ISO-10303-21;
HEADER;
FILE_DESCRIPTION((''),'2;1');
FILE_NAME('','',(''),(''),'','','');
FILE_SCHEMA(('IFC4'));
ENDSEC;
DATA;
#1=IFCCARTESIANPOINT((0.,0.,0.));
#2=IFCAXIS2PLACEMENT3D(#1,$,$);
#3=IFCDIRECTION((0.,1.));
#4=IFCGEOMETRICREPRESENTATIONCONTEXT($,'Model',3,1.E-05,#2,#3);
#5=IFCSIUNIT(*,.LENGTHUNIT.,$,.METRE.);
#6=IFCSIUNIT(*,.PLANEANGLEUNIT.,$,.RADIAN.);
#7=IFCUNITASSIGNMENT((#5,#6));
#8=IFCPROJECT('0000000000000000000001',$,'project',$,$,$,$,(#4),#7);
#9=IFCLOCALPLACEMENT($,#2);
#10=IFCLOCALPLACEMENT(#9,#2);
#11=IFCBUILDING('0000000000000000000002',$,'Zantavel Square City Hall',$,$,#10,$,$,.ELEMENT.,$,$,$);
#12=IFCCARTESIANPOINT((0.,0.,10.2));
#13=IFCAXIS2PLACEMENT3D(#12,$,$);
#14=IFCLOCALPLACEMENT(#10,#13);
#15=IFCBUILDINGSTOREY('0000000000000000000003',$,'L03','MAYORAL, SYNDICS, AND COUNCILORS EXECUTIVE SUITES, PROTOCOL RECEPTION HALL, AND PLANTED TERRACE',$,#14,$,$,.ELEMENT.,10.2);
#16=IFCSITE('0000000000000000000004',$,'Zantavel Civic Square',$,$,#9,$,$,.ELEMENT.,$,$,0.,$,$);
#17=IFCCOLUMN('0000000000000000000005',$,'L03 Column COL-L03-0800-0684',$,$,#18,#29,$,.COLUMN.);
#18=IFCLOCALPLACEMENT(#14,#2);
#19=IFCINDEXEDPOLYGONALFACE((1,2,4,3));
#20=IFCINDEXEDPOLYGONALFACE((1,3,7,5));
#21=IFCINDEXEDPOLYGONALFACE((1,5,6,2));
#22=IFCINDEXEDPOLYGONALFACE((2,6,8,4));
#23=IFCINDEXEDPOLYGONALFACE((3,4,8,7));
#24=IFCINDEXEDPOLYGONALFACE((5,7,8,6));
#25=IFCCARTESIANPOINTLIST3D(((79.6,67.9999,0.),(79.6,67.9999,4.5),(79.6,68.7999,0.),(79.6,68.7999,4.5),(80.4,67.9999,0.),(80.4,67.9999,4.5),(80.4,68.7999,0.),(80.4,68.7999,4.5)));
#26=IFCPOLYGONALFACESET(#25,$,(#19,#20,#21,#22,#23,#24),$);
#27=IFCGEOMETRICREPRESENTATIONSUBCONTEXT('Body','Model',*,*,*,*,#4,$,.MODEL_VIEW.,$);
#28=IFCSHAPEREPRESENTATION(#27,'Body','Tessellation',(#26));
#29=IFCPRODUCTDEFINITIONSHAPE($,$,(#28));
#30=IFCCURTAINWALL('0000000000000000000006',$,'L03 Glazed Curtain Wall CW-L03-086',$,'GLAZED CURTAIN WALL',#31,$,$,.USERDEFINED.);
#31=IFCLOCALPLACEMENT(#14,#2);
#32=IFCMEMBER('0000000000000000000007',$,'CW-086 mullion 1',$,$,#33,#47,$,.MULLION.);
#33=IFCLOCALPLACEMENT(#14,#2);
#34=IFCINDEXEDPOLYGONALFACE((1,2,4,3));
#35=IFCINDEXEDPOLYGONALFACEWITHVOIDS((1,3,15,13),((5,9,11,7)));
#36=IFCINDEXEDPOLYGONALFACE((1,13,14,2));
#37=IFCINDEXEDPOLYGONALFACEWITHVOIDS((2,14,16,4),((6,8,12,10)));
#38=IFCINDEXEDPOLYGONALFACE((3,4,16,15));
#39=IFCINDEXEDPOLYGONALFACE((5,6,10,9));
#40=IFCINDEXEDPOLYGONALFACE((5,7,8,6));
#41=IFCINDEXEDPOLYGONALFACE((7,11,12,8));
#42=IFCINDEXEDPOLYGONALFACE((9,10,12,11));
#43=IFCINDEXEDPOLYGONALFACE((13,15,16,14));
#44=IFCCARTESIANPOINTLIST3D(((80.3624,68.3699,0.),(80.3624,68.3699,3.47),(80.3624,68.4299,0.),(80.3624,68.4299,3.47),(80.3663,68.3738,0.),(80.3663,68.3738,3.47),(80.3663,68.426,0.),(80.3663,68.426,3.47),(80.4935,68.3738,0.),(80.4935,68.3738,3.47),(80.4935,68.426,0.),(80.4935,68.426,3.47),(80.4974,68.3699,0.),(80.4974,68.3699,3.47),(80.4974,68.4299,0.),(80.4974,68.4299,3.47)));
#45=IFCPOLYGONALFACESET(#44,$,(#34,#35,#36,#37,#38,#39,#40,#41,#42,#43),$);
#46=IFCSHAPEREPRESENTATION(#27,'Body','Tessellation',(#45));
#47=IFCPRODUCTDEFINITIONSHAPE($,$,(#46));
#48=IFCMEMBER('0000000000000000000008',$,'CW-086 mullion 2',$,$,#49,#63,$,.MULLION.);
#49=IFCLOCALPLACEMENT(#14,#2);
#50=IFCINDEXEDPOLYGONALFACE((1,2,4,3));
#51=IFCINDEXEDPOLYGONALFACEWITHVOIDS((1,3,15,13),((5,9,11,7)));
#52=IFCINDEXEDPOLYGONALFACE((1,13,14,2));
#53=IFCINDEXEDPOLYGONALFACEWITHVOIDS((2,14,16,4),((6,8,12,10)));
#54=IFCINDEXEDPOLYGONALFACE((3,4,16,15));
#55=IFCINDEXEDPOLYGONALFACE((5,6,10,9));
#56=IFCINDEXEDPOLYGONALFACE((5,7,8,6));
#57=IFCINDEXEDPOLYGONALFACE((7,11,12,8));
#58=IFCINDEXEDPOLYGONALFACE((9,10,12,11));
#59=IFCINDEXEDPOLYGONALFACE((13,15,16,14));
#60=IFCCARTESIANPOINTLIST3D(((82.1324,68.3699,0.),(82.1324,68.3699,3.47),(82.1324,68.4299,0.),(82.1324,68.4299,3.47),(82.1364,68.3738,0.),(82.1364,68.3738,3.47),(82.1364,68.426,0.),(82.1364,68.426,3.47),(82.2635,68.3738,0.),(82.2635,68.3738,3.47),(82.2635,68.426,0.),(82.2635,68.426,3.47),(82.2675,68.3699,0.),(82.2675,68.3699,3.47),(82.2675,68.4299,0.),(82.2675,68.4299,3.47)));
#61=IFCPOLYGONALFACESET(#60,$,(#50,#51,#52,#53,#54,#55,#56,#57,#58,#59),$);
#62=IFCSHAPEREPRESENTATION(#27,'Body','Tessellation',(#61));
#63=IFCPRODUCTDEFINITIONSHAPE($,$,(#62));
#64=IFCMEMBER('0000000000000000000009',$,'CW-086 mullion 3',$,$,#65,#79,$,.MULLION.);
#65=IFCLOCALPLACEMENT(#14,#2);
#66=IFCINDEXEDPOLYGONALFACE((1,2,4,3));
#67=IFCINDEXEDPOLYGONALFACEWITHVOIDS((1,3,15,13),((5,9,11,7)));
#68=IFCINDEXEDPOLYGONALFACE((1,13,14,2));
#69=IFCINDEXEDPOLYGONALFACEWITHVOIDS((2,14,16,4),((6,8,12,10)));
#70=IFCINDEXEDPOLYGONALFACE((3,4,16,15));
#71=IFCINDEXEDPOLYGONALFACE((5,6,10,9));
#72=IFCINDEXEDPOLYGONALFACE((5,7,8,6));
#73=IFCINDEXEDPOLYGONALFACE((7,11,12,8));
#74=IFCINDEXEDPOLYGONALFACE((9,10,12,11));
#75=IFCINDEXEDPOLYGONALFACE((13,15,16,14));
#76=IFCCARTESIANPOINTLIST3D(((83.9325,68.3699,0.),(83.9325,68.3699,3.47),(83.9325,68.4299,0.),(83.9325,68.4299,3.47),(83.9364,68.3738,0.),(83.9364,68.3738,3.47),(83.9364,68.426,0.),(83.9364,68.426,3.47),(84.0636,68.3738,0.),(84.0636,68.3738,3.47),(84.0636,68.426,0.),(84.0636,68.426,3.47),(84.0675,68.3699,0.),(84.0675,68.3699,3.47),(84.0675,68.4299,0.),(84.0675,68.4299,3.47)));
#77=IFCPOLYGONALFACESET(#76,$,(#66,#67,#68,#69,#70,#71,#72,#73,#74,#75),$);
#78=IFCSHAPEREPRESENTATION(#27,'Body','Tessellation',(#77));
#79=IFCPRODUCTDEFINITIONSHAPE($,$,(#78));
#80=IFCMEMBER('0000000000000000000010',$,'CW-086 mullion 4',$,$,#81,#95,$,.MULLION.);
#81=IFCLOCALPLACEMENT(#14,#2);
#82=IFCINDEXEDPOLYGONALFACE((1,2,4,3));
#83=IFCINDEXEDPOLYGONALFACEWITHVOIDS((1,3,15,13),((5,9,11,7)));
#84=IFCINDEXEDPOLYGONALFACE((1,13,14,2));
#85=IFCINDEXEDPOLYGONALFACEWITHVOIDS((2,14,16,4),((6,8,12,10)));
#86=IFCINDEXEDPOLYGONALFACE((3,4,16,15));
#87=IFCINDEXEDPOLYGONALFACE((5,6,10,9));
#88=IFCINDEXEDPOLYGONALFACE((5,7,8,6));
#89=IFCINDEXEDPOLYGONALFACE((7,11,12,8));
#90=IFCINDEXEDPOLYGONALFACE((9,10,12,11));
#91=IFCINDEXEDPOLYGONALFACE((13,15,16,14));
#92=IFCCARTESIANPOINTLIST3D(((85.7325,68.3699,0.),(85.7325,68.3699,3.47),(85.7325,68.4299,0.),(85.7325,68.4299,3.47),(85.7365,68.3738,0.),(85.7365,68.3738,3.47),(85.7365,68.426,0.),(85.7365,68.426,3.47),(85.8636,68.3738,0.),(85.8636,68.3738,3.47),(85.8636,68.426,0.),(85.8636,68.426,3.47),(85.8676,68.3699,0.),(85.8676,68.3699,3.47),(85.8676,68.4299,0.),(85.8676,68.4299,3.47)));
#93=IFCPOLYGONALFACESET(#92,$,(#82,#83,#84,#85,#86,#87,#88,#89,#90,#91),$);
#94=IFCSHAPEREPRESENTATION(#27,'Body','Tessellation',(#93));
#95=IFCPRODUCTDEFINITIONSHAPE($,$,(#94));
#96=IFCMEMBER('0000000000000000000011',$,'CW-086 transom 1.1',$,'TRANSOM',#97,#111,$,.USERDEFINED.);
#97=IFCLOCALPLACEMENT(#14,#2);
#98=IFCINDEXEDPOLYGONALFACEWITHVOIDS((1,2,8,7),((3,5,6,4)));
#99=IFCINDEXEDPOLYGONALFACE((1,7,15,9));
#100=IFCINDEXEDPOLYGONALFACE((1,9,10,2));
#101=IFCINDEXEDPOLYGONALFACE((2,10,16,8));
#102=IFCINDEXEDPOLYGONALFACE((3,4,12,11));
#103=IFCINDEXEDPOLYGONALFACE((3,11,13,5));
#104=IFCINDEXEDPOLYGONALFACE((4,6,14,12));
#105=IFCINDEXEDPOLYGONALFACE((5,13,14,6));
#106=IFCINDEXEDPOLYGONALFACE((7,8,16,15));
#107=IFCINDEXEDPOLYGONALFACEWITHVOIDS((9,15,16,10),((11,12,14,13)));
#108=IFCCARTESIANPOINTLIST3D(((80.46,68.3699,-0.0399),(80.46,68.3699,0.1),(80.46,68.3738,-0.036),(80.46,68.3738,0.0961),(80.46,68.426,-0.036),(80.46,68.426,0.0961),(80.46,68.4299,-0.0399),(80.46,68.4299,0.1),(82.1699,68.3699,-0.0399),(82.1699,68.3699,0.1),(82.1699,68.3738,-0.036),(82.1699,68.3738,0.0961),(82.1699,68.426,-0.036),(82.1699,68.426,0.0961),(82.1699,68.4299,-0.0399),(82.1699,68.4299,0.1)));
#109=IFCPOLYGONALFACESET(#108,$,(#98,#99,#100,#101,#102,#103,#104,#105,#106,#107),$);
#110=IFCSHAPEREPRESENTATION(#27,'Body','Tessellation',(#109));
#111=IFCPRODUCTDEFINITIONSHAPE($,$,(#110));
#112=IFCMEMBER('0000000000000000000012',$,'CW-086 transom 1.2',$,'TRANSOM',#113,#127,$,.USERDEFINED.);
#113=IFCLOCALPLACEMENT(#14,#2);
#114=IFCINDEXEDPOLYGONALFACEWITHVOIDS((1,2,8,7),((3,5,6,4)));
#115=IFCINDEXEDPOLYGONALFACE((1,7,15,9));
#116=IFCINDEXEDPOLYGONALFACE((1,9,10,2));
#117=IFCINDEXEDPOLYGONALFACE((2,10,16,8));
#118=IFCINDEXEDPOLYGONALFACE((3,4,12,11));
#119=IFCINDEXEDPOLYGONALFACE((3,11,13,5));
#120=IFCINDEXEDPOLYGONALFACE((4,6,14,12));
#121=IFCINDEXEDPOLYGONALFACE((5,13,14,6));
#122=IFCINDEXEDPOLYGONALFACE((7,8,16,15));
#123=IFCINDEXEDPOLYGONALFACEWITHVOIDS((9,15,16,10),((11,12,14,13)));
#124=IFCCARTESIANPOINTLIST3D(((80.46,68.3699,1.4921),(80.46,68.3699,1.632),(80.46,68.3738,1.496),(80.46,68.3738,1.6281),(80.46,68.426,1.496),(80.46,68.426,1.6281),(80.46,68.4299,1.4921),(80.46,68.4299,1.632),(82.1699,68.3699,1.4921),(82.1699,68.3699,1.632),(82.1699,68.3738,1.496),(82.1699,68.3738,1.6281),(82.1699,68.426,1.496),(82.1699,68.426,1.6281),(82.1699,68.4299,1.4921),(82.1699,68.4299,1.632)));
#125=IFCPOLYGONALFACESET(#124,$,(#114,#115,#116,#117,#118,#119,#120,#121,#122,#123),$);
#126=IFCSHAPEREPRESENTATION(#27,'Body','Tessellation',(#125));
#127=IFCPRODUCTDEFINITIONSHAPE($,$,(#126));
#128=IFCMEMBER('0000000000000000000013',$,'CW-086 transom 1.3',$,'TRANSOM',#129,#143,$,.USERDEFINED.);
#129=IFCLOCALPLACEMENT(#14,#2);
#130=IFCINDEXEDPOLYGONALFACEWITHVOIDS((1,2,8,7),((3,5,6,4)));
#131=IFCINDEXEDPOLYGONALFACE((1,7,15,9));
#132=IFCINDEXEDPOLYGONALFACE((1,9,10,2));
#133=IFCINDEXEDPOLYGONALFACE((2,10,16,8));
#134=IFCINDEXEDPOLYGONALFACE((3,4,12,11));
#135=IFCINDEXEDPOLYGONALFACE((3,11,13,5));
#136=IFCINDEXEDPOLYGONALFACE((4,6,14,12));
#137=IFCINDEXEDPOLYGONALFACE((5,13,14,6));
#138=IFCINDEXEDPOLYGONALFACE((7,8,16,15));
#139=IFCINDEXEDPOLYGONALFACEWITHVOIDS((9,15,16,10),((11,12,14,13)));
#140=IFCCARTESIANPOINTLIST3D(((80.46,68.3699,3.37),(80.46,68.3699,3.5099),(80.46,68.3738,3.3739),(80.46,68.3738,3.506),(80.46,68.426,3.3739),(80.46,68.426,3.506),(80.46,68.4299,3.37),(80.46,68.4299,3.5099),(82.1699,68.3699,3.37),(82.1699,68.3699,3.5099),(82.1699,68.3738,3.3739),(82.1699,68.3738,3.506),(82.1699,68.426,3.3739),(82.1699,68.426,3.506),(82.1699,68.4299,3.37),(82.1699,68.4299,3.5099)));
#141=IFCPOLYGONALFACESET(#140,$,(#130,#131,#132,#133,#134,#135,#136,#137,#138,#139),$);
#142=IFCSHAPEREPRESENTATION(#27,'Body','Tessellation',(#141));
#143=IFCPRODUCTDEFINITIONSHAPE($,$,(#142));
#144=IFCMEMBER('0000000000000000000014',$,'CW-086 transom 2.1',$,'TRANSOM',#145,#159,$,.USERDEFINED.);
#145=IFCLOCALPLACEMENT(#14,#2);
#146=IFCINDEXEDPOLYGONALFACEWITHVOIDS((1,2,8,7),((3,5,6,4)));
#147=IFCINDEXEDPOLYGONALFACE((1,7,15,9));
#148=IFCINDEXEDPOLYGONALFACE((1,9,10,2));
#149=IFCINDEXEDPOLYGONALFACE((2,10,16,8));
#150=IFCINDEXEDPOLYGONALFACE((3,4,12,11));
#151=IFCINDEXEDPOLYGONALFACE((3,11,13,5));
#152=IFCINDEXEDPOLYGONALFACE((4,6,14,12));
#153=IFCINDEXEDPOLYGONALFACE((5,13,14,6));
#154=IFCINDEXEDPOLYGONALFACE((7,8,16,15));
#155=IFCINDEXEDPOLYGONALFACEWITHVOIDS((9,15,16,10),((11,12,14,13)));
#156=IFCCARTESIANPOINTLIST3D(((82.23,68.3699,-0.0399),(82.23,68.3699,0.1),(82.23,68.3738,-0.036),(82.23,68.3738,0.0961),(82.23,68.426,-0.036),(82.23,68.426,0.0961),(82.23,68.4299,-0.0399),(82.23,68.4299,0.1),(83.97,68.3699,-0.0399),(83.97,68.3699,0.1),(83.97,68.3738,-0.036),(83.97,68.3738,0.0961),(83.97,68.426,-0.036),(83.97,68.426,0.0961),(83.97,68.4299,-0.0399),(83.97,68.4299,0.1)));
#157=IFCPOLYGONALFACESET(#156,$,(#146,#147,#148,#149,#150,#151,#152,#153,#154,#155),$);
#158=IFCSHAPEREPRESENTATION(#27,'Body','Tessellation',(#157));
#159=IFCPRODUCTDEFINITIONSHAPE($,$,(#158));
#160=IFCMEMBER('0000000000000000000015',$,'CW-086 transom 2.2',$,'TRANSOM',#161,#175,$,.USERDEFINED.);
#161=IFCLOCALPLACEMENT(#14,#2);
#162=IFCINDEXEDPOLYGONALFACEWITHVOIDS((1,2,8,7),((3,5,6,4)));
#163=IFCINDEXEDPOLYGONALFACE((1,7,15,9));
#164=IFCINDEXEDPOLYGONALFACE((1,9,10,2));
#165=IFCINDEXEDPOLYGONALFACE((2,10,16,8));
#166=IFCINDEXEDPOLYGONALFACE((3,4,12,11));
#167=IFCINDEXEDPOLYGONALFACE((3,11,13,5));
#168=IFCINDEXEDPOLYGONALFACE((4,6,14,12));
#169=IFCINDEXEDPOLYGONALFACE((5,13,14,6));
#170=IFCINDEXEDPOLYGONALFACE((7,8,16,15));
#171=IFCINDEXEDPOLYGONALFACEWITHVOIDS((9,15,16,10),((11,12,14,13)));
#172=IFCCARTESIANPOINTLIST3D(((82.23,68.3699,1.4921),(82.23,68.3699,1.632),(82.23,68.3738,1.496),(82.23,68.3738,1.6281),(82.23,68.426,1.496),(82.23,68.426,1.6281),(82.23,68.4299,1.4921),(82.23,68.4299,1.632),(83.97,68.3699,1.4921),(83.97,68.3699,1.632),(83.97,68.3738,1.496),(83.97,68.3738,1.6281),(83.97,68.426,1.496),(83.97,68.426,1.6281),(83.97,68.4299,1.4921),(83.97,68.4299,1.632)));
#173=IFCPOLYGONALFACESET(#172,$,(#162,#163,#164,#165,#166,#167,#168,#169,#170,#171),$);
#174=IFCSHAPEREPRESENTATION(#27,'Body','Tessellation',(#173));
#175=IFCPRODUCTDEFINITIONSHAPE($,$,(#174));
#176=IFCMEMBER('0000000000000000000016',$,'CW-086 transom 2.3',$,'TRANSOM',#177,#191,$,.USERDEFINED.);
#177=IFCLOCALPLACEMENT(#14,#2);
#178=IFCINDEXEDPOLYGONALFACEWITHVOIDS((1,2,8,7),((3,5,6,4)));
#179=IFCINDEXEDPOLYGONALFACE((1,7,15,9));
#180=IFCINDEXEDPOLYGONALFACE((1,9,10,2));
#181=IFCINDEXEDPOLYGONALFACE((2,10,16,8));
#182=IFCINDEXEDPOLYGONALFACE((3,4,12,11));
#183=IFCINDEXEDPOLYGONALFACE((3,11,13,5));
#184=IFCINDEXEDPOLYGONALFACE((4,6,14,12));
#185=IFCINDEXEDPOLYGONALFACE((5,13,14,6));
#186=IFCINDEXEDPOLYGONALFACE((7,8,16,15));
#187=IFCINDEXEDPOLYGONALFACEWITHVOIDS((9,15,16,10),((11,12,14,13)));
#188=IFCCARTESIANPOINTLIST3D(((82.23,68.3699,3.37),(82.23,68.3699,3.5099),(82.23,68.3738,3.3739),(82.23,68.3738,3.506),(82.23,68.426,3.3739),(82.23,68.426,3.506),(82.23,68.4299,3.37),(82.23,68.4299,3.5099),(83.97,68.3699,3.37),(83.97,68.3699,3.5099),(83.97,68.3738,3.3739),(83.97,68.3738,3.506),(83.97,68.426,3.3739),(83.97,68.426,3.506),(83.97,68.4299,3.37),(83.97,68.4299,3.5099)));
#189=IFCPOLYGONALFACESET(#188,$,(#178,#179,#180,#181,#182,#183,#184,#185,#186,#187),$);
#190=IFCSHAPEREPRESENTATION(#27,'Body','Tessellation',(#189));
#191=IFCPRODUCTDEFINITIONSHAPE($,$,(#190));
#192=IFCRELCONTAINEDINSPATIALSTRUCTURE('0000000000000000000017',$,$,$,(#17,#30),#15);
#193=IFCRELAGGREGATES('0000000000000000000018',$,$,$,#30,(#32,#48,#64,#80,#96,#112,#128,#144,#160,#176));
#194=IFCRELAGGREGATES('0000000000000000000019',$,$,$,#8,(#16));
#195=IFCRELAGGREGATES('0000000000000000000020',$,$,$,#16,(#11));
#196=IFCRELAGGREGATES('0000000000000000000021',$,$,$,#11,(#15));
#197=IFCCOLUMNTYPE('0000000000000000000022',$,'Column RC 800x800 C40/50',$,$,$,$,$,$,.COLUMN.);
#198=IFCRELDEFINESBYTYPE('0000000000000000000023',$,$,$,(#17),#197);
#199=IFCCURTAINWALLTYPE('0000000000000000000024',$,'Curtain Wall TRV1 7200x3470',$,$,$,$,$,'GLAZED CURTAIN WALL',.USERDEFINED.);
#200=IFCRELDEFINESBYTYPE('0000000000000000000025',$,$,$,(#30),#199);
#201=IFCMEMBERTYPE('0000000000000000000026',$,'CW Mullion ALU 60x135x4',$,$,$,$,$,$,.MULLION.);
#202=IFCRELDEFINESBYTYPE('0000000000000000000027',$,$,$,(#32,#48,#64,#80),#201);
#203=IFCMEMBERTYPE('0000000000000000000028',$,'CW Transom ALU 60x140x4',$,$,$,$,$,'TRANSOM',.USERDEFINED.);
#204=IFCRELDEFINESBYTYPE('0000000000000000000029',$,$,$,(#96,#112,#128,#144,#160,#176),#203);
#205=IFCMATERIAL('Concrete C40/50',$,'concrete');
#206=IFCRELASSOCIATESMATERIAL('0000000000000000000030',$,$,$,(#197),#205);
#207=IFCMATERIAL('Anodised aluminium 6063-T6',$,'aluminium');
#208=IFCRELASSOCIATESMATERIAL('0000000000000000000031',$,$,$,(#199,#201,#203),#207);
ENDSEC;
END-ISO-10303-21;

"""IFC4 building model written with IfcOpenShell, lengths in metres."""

from ifc_helpers import new_model, si_unit, direction, frame, origin, origin_2d, place, context, subcontext, project, spatial, rectangle, hollow_rectangle, extrude, material, material_profile, profile_set, type_object, element, aggregate, save


model = new_model("IFC4")

# Units and contexts
model_context = context("Model", 3, precision=1e-05, world=origin(), true_north=direction((0.0, 1.0)))
body_context = subcontext(model_context, "Body", "Model", "MODEL_VIEW")
ifc_project = project(units=[si_unit("LENGTHUNIT", "METRE"), si_unit("PLANEANGLEUNIT", "RADIAN")], contexts=[model_context])

# Site, building, storey
site_placement = place(None, origin())
site = spatial("IfcSite", under=ifc_project, at=site_placement, Name="Zantavel Civic Square", CompositionType="ELEMENT", RefElevation=0.0)
building_placement = place(site_placement, origin())
building = spatial("IfcBuilding", under=site, at=building_placement, Name="Zantavel Square City Hall", CompositionType="ELEMENT")
storey_placement = place(building_placement, frame((0.0, 0.0, 10.2)))
storey = spatial("IfcBuildingStorey", under=building, at=storey_placement, Name="L03", Description="MAYORAL, SYNDICS, AND COUNCILORS EXECUTIVE SUITES, PROTOCOL RECEPTION HALL, AND PLANTED TERRACE", CompositionType="ELEMENT", Elevation=10.2)

# Column
ifc_material_1 = material(Name="Concrete C40/50", Category="concrete")
ifc_material_profile_1 = material_profile(ifc_material_1, rectangle(XDim=0.8, YDim=0.8, at=origin_2d()), Name="RC 800x800")
ifc_profile_set_1 = profile_set([ifc_material_profile_1], Name="Concrete C40/50")
column_type = type_object("IfcColumnType", Name="Column RC 800x800 C40/50", PredefinedType="COLUMN", material=ifc_profile_set_1)
column_placement = place(storey_placement, frame((80.0, 68.3999, 0.0), z_axis=(0.0, 0.0, 1.0), x_axis=(1.0, 0.0, 0.0)))
element("IfcColumn", 1, at=column_placement, inside=storey, type_object=column_type, Name="L03 Column COL-L03-0800-0684", PredefinedType="COLUMN", context=body_context, shape_type="SweptSolid", body=[
    extrude(rectangle(XDim=0.8, YDim=0.8, at=origin_2d()), origin(), (0.0, 0.0, 1.0), 4.5),
])

# Curtain wall, members
ifc_material_2 = material(Name="Anodised aluminium 6063-T6", Category="aluminium")
curtain_wall_type = type_object("IfcCurtainWallType", Name="Curtain Wall TRV1 7200x3470", ElementType="GLAZED CURTAIN WALL", PredefinedType="USERDEFINED", material=ifc_material_2)
curtain_wall_placement = place(storey_placement, origin())
curtain_wall = element("IfcCurtainWall", 2, at=curtain_wall_placement, inside=storey, type_object=curtain_wall_type, Name="L03 Glazed Curtain Wall CW-L03-086", ObjectType="GLAZED CURTAIN WALL", PredefinedType="USERDEFINED")
ifc_material_profile_2 = material_profile(ifc_material_2, hollow_rectangle(XDim=0.0601, YDim=0.135, WallThickness=0.0039, at=origin_2d()), Name="ALU 60x135x4")
ifc_profile_set_2 = profile_set([ifc_material_profile_2], Name="Anodised aluminium 6063-T6")
member_type_1 = type_object("IfcMemberType", Name="CW Mullion ALU 60x135x4", PredefinedType="MULLION", material=ifc_profile_set_2)
member_1_placement = place(storey_placement, frame((80.4299, 68.3999, 0.0), z_axis=(0.0, 0.0, 1.0), x_axis=(0.0, 1.0, 0.0)))
member_1 = element("IfcMember", 3, at=member_1_placement, type_object=member_type_1, Name="CW-086 mullion 1", PredefinedType="MULLION", context=body_context, shape_type="SweptSolid", body=[
    extrude(hollow_rectangle(XDim=0.0601, YDim=0.135, WallThickness=0.0039, at=origin_2d()), origin(), (0.0, 0.0, 1.0), 3.47),
])
member_2_placement = place(storey_placement, frame((82.2, 68.3999, 0.0), z_axis=(0.0, 0.0, 1.0), x_axis=(0.0, 1.0, 0.0)))
member_2 = element("IfcMember", 4, at=member_2_placement, type_object=member_type_1, Name="CW-086 mullion 2", PredefinedType="MULLION", context=body_context, shape_type="SweptSolid", body=[
    extrude(hollow_rectangle(XDim=0.0601, YDim=0.135, WallThickness=0.0039, at=origin_2d()), origin(), (0.0, 0.0, 1.0), 3.47),
])
member_3_placement = place(storey_placement, frame((84.0, 68.3999, 0.0), z_axis=(0.0, 0.0, 1.0), x_axis=(0.0, 1.0, 0.0)))
member_3 = element("IfcMember", 5, at=member_3_placement, type_object=member_type_1, Name="CW-086 mullion 3", PredefinedType="MULLION", context=body_context, shape_type="SweptSolid", body=[
    extrude(hollow_rectangle(XDim=0.0601, YDim=0.135, WallThickness=0.0039, at=origin_2d()), origin(), (0.0, 0.0, 1.0), 3.47),
])
member_4_placement = place(storey_placement, frame((85.8, 68.3999, 0.0), z_axis=(0.0, 0.0, 1.0), x_axis=(0.0, 1.0, 0.0)))
member_4 = element("IfcMember", 6, at=member_4_placement, type_object=member_type_1, Name="CW-086 mullion 4", PredefinedType="MULLION", context=body_context, shape_type="SweptSolid", body=[
    extrude(hollow_rectangle(XDim=0.0601, YDim=0.135, WallThickness=0.0039, at=origin_2d()), origin(), (0.0, 0.0, 1.0), 3.47),
])
ifc_material_profile_3 = material_profile(ifc_material_2, hollow_rectangle(XDim=0.0601, YDim=0.1399, WallThickness=0.0039, at=origin_2d()), Name="ALU 60x140x4")
ifc_profile_set_3 = profile_set([ifc_material_profile_3], Name="Anodised aluminium 6063-T6")
member_type_2 = type_object("IfcMemberType", Name="CW Transom ALU 60x140x4", ElementType="TRANSOM", PredefinedType="USERDEFINED", material=ifc_profile_set_3)
member_5_placement = place(storey_placement, frame((80.46, 68.3999, 0.03), z_axis=(1.0, 0.0, 0.0), x_axis=(0.0, 1.0, 0.0)))
member_5 = element("IfcMember", 7, at=member_5_placement, type_object=member_type_2, Name="CW-086 transom 1.1", ObjectType="TRANSOM", PredefinedType="USERDEFINED", context=body_context, shape_type="SweptSolid", body=[
    extrude(hollow_rectangle(XDim=0.0601, YDim=0.1399, WallThickness=0.0039, at=origin_2d()), origin(), (0.0, 0.0, 1.0), 1.71),
])
member_6_placement = place(storey_placement, frame((80.46, 68.3999, 1.562), z_axis=(1.0, 0.0, 0.0), x_axis=(0.0, 1.0, 0.0)))
member_6 = element("IfcMember", 8, at=member_6_placement, type_object=member_type_2, Name="CW-086 transom 1.2", ObjectType="TRANSOM", PredefinedType="USERDEFINED", context=body_context, shape_type="SweptSolid", body=[
    extrude(hollow_rectangle(XDim=0.0601, YDim=0.1399, WallThickness=0.0039, at=origin_2d()), origin(), (0.0, 0.0, 1.0), 1.71),
])
member_7_placement = place(storey_placement, frame((80.46, 68.3999, 3.4399), z_axis=(1.0, 0.0, 0.0), x_axis=(0.0, 1.0, 0.0)))
member_7 = element("IfcMember", 9, at=member_7_placement, type_object=member_type_2, Name="CW-086 transom 1.3", ObjectType="TRANSOM", PredefinedType="USERDEFINED", context=body_context, shape_type="SweptSolid", body=[
    extrude(hollow_rectangle(XDim=0.0601, YDim=0.1399, WallThickness=0.0039, at=origin_2d()), origin(), (0.0, 0.0, 1.0), 1.71),
])
member_8_placement = place(storey_placement, frame((82.23, 68.3999, 0.03), z_axis=(1.0, 0.0, 0.0), x_axis=(0.0, 1.0, 0.0)))
member_8 = element("IfcMember", 10, at=member_8_placement, type_object=member_type_2, Name="CW-086 transom 2.1", ObjectType="TRANSOM", PredefinedType="USERDEFINED", context=body_context, shape_type="SweptSolid", body=[
    extrude(hollow_rectangle(XDim=0.0601, YDim=0.1399, WallThickness=0.0039, at=origin_2d()), origin(), (0.0, 0.0, 1.0), 1.74),
])
member_9_placement = place(storey_placement, frame((82.23, 68.3999, 1.562), z_axis=(1.0, 0.0, 0.0), x_axis=(0.0, 1.0, 0.0)))
member_9 = element("IfcMember", 11, at=member_9_placement, type_object=member_type_2, Name="CW-086 transom 2.2", ObjectType="TRANSOM", PredefinedType="USERDEFINED", context=body_context, shape_type="SweptSolid", body=[
    extrude(hollow_rectangle(XDim=0.0601, YDim=0.1399, WallThickness=0.0039, at=origin_2d()), origin(), (0.0, 0.0, 1.0), 1.74),
])
member_10_placement = place(storey_placement, frame((82.23, 68.3999, 3.4399), z_axis=(1.0, 0.0, 0.0), x_axis=(0.0, 1.0, 0.0)))
member_10 = element("IfcMember", 12, at=member_10_placement, type_object=member_type_2, Name="CW-086 transom 2.3", ObjectType="TRANSOM", PredefinedType="USERDEFINED", context=body_context, shape_type="SweptSolid", body=[
    extrude(hollow_rectangle(XDim=0.0601, YDim=0.1399, WallThickness=0.0039, at=origin_2d()), origin(), (0.0, 0.0, 1.0), 1.74),
])

aggregate(curtain_wall, [member_1, member_2, member_3, member_4, member_5, member_6, member_7, member_8, member_9, member_10])

save(model, "model.ifc")
